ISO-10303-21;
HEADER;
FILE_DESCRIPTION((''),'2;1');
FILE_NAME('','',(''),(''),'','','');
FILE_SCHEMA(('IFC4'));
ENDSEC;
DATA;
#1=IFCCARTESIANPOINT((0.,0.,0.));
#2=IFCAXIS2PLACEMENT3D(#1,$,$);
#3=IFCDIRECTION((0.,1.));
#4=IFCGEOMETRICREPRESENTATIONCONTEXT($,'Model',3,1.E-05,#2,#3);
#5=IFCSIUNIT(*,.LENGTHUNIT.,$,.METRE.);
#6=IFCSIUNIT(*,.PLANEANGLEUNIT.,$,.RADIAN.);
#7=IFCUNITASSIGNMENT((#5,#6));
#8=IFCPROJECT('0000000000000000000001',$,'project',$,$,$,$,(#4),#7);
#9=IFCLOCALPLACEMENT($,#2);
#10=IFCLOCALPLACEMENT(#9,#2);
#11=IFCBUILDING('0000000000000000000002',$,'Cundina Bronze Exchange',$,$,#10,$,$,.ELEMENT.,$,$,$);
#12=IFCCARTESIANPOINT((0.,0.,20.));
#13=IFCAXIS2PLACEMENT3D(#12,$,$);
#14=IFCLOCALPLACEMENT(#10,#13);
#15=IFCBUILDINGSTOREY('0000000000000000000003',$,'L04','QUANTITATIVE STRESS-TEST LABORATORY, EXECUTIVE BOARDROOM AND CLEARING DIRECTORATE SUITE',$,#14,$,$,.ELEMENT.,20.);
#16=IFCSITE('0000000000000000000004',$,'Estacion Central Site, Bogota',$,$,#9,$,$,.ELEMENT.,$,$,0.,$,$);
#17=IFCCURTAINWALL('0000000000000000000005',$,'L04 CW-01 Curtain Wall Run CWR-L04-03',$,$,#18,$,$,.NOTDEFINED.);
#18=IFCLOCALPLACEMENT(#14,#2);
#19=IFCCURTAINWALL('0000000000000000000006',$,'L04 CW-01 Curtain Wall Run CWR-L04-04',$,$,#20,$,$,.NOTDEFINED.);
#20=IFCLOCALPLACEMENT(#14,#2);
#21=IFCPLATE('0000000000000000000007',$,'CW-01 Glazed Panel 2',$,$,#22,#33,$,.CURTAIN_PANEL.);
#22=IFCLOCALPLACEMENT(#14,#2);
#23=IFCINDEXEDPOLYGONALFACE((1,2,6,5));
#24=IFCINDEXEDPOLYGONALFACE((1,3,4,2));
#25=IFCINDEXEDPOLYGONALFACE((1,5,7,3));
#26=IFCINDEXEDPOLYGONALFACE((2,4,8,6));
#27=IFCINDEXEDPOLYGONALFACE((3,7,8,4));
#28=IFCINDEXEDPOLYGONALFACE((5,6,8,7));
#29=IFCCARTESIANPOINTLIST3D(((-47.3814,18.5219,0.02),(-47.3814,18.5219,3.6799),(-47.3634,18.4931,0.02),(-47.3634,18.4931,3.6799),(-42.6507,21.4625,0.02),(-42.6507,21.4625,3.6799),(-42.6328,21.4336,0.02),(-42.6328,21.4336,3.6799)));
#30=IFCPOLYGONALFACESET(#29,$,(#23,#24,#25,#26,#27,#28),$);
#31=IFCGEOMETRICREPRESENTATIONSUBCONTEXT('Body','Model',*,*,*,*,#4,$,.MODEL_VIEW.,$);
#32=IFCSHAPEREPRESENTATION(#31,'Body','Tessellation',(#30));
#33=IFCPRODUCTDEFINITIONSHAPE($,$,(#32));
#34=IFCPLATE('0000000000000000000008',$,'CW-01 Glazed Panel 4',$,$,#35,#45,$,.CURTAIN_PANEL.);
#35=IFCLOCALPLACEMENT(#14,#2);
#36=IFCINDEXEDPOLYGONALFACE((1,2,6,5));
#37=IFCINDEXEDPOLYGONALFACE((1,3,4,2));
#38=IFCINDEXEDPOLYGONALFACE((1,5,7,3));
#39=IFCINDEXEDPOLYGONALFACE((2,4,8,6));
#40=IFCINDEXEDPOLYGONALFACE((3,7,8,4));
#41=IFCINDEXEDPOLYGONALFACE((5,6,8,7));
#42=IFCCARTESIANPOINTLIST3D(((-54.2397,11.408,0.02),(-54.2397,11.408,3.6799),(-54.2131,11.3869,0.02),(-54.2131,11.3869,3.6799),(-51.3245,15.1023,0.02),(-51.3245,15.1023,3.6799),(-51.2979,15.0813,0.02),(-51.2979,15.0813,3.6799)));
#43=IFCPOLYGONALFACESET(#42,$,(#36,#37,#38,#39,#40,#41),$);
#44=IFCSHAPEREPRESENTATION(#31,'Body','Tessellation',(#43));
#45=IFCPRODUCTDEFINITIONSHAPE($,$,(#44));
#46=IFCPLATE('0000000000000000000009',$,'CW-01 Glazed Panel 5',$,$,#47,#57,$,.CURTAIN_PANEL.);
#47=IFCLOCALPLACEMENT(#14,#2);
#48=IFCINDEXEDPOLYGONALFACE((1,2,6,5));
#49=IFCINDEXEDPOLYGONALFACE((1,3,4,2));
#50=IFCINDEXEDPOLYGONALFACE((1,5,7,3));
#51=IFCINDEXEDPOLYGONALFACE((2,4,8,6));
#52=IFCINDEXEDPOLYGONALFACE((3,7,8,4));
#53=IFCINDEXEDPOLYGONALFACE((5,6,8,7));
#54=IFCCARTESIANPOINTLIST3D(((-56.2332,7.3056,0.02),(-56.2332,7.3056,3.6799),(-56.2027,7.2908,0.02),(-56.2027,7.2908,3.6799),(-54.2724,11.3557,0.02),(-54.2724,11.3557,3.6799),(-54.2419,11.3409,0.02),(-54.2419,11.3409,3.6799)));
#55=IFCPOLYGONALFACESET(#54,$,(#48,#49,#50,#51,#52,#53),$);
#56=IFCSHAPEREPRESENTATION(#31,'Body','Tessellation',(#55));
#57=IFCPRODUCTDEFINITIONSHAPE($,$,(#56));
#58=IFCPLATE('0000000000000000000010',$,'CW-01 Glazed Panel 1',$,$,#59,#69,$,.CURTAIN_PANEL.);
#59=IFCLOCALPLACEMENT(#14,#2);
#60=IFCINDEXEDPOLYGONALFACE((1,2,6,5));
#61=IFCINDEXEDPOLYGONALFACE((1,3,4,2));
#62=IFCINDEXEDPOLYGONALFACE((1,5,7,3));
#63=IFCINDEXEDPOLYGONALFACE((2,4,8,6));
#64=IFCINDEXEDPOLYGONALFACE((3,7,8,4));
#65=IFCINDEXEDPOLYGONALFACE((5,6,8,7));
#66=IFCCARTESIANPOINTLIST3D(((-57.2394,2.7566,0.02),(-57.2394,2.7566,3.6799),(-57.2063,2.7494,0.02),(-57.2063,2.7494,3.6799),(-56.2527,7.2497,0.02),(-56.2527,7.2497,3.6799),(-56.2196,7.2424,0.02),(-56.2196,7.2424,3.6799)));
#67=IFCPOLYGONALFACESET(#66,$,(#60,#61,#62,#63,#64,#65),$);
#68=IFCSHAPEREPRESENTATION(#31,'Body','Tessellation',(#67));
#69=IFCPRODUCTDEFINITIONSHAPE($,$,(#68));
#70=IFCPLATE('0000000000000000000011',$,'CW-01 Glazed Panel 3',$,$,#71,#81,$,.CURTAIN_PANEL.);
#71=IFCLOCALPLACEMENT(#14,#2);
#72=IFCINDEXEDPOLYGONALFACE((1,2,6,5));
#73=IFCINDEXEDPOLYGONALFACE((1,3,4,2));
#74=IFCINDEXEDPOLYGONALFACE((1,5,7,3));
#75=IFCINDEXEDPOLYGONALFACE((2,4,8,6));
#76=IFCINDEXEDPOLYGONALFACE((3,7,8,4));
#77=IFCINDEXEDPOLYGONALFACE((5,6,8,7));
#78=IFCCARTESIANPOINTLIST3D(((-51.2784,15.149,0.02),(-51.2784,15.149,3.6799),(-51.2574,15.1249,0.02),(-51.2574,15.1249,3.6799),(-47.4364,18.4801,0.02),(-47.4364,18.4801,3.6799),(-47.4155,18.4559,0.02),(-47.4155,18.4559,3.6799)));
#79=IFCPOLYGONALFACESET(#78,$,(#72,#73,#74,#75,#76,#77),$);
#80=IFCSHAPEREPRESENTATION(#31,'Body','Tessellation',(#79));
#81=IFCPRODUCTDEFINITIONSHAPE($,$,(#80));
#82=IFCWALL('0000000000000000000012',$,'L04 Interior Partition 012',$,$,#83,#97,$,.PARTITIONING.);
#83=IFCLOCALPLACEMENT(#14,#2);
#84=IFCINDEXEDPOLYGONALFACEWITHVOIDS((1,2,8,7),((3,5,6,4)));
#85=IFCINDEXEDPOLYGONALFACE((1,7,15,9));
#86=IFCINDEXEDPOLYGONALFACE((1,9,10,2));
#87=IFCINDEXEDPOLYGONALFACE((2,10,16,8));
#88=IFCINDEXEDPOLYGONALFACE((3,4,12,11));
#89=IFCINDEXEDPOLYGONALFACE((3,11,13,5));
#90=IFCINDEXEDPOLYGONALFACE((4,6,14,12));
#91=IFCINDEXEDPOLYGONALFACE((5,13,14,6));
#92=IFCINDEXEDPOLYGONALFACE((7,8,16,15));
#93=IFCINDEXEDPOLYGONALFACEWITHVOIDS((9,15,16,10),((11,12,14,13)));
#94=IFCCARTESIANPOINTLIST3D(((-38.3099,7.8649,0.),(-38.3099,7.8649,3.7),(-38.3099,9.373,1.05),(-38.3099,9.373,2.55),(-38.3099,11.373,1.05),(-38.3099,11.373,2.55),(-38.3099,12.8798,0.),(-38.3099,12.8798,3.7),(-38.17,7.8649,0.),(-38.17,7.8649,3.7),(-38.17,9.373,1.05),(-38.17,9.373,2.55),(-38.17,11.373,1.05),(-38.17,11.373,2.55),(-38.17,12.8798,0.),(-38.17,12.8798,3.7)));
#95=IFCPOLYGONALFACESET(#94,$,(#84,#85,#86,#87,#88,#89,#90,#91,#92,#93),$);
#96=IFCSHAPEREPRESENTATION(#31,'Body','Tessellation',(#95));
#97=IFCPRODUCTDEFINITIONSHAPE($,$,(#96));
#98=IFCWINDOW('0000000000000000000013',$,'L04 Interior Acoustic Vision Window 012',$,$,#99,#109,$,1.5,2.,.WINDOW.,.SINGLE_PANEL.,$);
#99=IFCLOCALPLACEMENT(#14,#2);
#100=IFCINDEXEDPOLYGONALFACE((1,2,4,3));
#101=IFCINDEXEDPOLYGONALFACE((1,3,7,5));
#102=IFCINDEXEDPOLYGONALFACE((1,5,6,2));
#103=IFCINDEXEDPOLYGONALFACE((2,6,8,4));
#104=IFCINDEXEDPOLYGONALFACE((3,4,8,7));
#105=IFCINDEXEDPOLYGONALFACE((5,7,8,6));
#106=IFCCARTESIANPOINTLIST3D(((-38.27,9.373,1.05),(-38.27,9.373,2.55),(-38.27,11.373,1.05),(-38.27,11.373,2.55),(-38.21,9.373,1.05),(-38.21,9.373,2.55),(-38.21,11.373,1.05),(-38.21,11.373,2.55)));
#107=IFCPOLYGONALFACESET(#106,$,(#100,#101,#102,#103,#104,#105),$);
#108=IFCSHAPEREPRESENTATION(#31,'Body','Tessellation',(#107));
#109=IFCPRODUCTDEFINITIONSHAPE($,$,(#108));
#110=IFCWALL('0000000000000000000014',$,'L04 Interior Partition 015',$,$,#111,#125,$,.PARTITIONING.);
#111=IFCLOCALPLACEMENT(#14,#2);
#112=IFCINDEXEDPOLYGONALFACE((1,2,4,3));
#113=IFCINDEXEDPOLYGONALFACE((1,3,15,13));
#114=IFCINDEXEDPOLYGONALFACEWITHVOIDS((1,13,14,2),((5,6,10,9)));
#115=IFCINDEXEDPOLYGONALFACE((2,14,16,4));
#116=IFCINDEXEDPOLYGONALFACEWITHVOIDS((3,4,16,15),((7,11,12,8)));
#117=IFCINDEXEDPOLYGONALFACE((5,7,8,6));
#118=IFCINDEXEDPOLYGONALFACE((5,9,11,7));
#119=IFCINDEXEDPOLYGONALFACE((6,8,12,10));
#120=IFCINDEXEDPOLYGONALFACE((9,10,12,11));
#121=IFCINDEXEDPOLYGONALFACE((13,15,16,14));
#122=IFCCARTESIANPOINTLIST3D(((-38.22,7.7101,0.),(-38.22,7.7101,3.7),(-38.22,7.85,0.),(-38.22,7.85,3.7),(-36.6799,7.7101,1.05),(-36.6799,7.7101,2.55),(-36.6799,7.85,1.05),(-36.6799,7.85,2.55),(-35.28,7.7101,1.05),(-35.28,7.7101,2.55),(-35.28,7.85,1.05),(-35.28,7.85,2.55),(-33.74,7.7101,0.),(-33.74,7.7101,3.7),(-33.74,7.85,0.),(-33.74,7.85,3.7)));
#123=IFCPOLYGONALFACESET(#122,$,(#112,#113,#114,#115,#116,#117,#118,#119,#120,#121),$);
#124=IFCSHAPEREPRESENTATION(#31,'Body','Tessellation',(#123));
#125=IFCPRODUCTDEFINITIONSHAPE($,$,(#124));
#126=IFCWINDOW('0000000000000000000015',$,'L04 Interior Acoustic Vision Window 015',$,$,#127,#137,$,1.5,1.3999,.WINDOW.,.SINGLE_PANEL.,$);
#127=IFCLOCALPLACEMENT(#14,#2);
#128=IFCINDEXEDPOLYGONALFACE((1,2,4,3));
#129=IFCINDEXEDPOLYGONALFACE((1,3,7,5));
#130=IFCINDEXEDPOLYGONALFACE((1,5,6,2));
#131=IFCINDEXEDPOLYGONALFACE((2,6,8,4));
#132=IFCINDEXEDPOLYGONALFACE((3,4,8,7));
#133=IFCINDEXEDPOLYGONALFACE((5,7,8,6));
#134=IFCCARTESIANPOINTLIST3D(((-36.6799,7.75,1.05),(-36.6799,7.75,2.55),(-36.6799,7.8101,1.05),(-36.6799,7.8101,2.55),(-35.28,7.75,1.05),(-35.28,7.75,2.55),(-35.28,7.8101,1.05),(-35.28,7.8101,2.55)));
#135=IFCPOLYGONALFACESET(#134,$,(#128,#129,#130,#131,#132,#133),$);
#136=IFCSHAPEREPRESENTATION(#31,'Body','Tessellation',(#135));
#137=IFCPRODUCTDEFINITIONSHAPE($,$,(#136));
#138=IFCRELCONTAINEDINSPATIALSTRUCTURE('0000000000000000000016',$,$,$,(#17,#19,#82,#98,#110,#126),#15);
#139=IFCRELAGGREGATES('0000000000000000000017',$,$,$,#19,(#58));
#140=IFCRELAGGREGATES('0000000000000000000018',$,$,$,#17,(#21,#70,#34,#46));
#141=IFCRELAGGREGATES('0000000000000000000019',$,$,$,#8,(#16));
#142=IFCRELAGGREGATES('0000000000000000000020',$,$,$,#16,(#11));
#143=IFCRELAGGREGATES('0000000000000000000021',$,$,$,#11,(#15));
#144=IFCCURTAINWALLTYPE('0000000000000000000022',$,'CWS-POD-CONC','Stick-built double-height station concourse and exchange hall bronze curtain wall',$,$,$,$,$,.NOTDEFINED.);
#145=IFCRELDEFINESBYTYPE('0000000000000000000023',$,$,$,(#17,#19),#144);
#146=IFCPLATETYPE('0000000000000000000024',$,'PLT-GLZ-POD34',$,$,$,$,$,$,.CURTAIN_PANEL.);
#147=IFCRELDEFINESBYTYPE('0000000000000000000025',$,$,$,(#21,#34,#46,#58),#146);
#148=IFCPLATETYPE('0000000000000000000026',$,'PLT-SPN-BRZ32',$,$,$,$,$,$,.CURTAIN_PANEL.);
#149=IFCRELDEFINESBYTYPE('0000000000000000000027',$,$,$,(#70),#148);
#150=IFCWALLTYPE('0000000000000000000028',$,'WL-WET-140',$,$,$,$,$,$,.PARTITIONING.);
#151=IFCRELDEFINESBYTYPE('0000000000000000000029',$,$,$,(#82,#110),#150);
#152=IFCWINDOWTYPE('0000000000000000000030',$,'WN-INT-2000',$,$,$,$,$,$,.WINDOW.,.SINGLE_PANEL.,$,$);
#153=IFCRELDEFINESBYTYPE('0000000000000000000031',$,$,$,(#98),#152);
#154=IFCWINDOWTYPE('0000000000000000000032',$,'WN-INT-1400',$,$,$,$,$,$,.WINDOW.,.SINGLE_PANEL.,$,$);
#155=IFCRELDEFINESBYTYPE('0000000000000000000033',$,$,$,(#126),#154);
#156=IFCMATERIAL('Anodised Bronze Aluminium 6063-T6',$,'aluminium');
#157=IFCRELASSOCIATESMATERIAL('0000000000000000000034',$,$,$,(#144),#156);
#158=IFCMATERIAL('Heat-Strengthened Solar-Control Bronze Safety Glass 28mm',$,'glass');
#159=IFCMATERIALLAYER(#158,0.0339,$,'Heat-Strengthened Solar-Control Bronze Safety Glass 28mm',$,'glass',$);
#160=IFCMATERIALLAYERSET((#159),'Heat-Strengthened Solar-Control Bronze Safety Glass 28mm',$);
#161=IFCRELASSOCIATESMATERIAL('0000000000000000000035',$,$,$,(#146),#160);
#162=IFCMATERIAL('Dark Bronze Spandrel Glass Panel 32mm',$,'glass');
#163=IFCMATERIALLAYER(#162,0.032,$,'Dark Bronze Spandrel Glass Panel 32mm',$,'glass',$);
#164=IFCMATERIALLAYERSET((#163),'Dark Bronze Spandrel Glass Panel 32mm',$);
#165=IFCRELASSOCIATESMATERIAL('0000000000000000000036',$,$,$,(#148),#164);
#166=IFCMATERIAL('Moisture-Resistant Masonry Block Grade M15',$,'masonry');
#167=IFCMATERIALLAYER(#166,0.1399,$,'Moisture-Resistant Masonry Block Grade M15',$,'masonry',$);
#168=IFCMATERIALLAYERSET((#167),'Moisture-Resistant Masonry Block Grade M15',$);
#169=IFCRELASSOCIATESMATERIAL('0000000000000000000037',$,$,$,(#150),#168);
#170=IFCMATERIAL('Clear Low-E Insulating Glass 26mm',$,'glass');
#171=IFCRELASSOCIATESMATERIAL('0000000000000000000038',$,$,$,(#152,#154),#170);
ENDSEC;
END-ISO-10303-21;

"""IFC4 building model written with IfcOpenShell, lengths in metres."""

from ifc_helpers import new_model, si_unit, direction, frame, frame_2d, origin, origin_2d, place, context, subcontext, project, spatial, rectangle, extrude, material, layer, layer_set, type_object, element, fill, aggregate, save


model = new_model("IFC4")

# Units and contexts
model_context = context("Model", 3, precision=1e-05, world=origin(), true_north=direction((0.0, 1.0)))
body_context = subcontext(model_context, "Body", "Model", "MODEL_VIEW")
ifc_project = project(units=[si_unit("LENGTHUNIT", "METRE"), si_unit("PLANEANGLEUNIT", "RADIAN")], contexts=[model_context])

# Site, building, storey
site_placement = place(None, origin())
site = spatial("IfcSite", under=ifc_project, at=site_placement, Name="Estacion Central Site, Bogota", CompositionType="ELEMENT", RefElevation=0.0)
building_placement = place(site_placement, origin())
building = spatial("IfcBuilding", under=site, at=building_placement, Name="Cundina Bronze Exchange", CompositionType="ELEMENT")
storey_placement = place(building_placement, frame((0.0, 0.0, 20.0)))
storey = spatial("IfcBuildingStorey", under=building, at=storey_placement, Name="L04", Description="QUANTITATIVE STRESS-TEST LABORATORY, EXECUTIVE BOARDROOM AND CLEARING DIRECTORATE SUITE", CompositionType="ELEMENT", Elevation=20.0)

# Curtain wall
ifc_material_1 = material(Name="Anodised Bronze Aluminium 6063-T6", Category="aluminium")
curtain_wall_type = type_object("IfcCurtainWallType", Name="CWS-POD-CONC", Description="Stick-built double-height station concourse and exchange hall bronze curtain wall", PredefinedType="NOTDEFINED", material=ifc_material_1)
curtain_wall_1_placement = place(storey_placement, origin())
curtain_wall_1 = element("IfcCurtainWall", 1, at=curtain_wall_1_placement, inside=storey, type_object=curtain_wall_type, Name="L04 CW-01 Curtain Wall Run CWR-L04-03", PredefinedType="NOTDEFINED")

# Curtain wall
curtain_wall_2_placement = place(storey_placement, origin())
curtain_wall_2 = element("IfcCurtainWall", 2, at=curtain_wall_2_placement, inside=storey, type_object=curtain_wall_type, Name="L04 CW-01 Curtain Wall Run CWR-L04-04", PredefinedType="NOTDEFINED")

# Plates
ifc_material_2 = material(Name="Heat-Strengthened Solar-Control Bronze Safety Glass 28mm", Category="glass")
ifc_layer_1 = layer(ifc_material_2, 0.0339, Name="Heat-Strengthened Solar-Control Bronze Safety Glass 28mm", Category="glass")
ifc_layer_set_1 = layer_set([ifc_layer_1], Name="Heat-Strengthened Solar-Control Bronze Safety Glass 28mm")
plate_type_1 = type_object("IfcPlateType", Name="PLT-GLZ-POD34", PredefinedType="CURTAIN_PANEL", material=ifc_layer_set_1)
plate_1_placement = place(storey_placement, frame((-45.0071, 19.9778, 0.02), z_axis=(0.0, 0.0, 1.0), x_axis=(-0.849294, -0.52792, 0.0)))
plate_1 = element("IfcPlate", 3, at=plate_1_placement, type_object=plate_type_1, Name="CW-01 Glazed Panel 2", PredefinedType="CURTAIN_PANEL", context=body_context, shape_type="SweptSolid", body=[
    extrude(rectangle(XDim=5.5701, YDim=0.0339, at=origin_2d()), origin(), (0.0, 0.0, 1.0), 3.6599),
])
plate_2_placement = place(storey_placement, frame((-52.7688, 13.2446, 0.02), z_axis=(0.0, 0.0, 1.0), x_axis=(-0.619464, -0.785025, 0.0)))
plate_2 = element("IfcPlate", 4, at=plate_2_placement, type_object=plate_type_1, Name="CW-01 Glazed Panel 4", PredefinedType="CURTAIN_PANEL", context=body_context, shape_type="SweptSolid", body=[
    extrude(rectangle(XDim=4.7061, YDim=0.0339, at=origin_2d()), origin(), (0.0, 0.0, 1.0), 3.6599),
])
plate_3_placement = place(storey_placement, frame((-55.2375, 9.3232, 0.02), z_axis=(0.0, 0.0, 1.0), x_axis=(-0.435765, -0.90006, 0.0)))
plate_3 = element("IfcPlate", 5, at=plate_3_placement, type_object=plate_type_1, Name="CW-01 Glazed Panel 5", PredefinedType="CURTAIN_PANEL", context=body_context, shape_type="SweptSolid", body=[
    extrude(rectangle(XDim=4.4998, YDim=0.0339, at=origin_2d()), origin(), (0.0, 0.0, 1.0), 3.6599),
])
plate_4_placement = place(storey_placement, frame((-56.7295, 4.9995, 0.02), z_axis=(0.0, 0.0, 1.0), x_axis=(-0.214497, -0.976725, 0.0)))
plate_4 = element("IfcPlate", 6, at=plate_4_placement, type_object=plate_type_1, Name="CW-01 Glazed Panel 1", PredefinedType="CURTAIN_PANEL", context=body_context, shape_type="SweptSolid", body=[
    extrude(rectangle(XDim=4.6001, YDim=0.0339, at=origin_2d()), origin(), (0.0, 0.0, 1.0), 3.6599),
])
aggregate(curtain_wall_2, [plate_4])
ifc_material_3 = material(Name="Dark Bronze Spandrel Glass Panel 32mm", Category="glass")
ifc_layer_2 = layer(ifc_material_3, 0.032, Name="Dark Bronze Spandrel Glass Panel 32mm", Category="glass")
ifc_layer_set_2 = layer_set([ifc_layer_2], Name="Dark Bronze Spandrel Glass Panel 32mm")
plate_type_2 = type_object("IfcPlateType", Name="PLT-SPN-BRZ32", PredefinedType="CURTAIN_PANEL", material=ifc_layer_set_2)
plate_5_placement = place(storey_placement, frame((-49.3469, 16.8025, 0.02), z_axis=(0.0, 0.0, 1.0), x_axis=(-0.755556, -0.655084, 0.0)))
plate_5 = element("IfcPlate", 7, at=plate_5_placement, type_object=plate_type_2, Name="CW-01 Glazed Panel 3", PredefinedType="CURTAIN_PANEL", context=body_context, shape_type="SweptSolid", body=[
    extrude(rectangle(XDim=5.085, YDim=0.032, at=origin_2d()), origin(), (0.0, 0.0, 1.0), 3.6599),
])
aggregate(curtain_wall_1, [plate_1, plate_5, plate_2, plate_3])

# Walls, openings, windows
ifc_material_4 = material(Name="Moisture-Resistant Masonry Block Grade M15", Category="masonry")
ifc_layer_3 = layer(ifc_material_4, 0.1399, Name="Moisture-Resistant Masonry Block Grade M15", Category="masonry")
ifc_layer_set_3 = layer_set([ifc_layer_3], Name="Moisture-Resistant Masonry Block Grade M15")
wall_type = type_object("IfcWallType", Name="WL-WET-140", PredefinedType="PARTITIONING", material=ifc_layer_set_3)
wall_1_placement = place(storey_placement, frame((-38.24, 7.865, 0.0), z_axis=(0.0, 0.0, 1.0), x_axis=(0.0, 1.0, 0.0)))
wall_1 = element("IfcWall", 8, at=wall_1_placement, inside=storey, type_object=wall_type, Name="L04 Interior Partition 012", PredefinedType="PARTITIONING", context=body_context, shape_type="SweptSolid", body=[
    extrude(rectangle(XDim=5.0149, YDim=0.1399, at=frame_2d((2.5073, 0.0))), origin(), (0.0, 0.0, 1.0), 3.7),
])
opening_1_placement = place(wall_1_placement, frame((1.5081, 0.0, 1.05)))
opening_1 = element("IfcOpeningElement", 9, at=opening_1_placement, cuts=wall_1, PredefinedType="OPENING", context=body_context, shape_type="SweptSolid", body=[
    extrude(rectangle(XDim=2.0, YDim=1.5, at=frame_2d((1.0, 0.75))), frame((0.0, 0.0798, 0.0), z_axis=(0.0, -1.0, 0.0), x_axis=(1.0, 0.0, 0.0)), (0.0, 0.0, 1.0), 0.1599),
])
ifc_material_5 = material(Name="Clear Low-E Insulating Glass 26mm", Category="glass")
window_type_1 = type_object("IfcWindowType", Name="WN-INT-2000", PartitioningType="SINGLE_PANEL", PredefinedType="WINDOW", material=ifc_material_5)
window_1_placement = place(opening_1_placement, origin())
window_1 = element("IfcWindow", 10, at=window_1_placement, inside=storey, type_object=window_type_1, Name="L04 Interior Acoustic Vision Window 012", OverallHeight=1.5, OverallWidth=2.0, PartitioningType="SINGLE_PANEL", PredefinedType="WINDOW", context=body_context, shape_type="SweptSolid", body=[
    extrude(rectangle(XDim=2.0, YDim=1.5, at=frame_2d((1.0, 0.75))), frame((0.0, 0.03, 0.0), z_axis=(0.0, -1.0, 0.0), x_axis=(1.0, 0.0, 0.0)), (0.0, 0.0, 1.0), 0.0601),
])
fill(opening_1, window_1)
wall_2_placement = place(storey_placement, frame((-38.22, 7.78, 0.0), z_axis=(0.0, 0.0, 1.0), x_axis=(1.0, 0.0, 0.0)))
wall_2 = element("IfcWall", 11, at=wall_2_placement, inside=storey, type_object=wall_type, Name="L04 Interior Partition 015", PredefinedType="PARTITIONING", context=body_context, shape_type="SweptSolid", body=[
    extrude(rectangle(XDim=4.48, YDim=0.1399, at=frame_2d((2.24, 0.0))), origin(), (0.0, 0.0, 1.0), 3.7),
])
opening_2_placement = place(wall_2_placement, frame((1.54, 0.0, 1.05)))
opening_2 = element("IfcOpeningElement", 12, at=opening_2_placement, cuts=wall_2, PredefinedType="OPENING", context=body_context, shape_type="SweptSolid", body=[
    extrude(rectangle(XDim=1.3999, YDim=1.5, at=frame_2d((0.7, 0.75))), frame((0.0, 0.0798, 0.0), z_axis=(0.0, -1.0, 0.0), x_axis=(1.0, 0.0, 0.0)), (0.0, 0.0, 1.0), 0.1599),
])
window_type_2 = type_object("IfcWindowType", Name="WN-INT-1400", PartitioningType="SINGLE_PANEL", PredefinedType="WINDOW", material=ifc_material_5)
window_2_placement = place(opening_2_placement, origin())
window_2 = element("IfcWindow", 13, at=window_2_placement, inside=storey, type_object=window_type_2, Name="L04 Interior Acoustic Vision Window 015", OverallHeight=1.5, OverallWidth=1.3999, PartitioningType="SINGLE_PANEL", PredefinedType="WINDOW", context=body_context, shape_type="SweptSolid", body=[
    extrude(rectangle(XDim=1.3999, YDim=1.5, at=frame_2d((0.7, 0.75))), frame((0.0, 0.03, 0.0), z_axis=(0.0, -1.0, 0.0), x_axis=(1.0, 0.0, 0.0)), (0.0, 0.0, 1.0), 0.0601),
])
fill(opening_2, window_2)

save(model, "model.ifc")
